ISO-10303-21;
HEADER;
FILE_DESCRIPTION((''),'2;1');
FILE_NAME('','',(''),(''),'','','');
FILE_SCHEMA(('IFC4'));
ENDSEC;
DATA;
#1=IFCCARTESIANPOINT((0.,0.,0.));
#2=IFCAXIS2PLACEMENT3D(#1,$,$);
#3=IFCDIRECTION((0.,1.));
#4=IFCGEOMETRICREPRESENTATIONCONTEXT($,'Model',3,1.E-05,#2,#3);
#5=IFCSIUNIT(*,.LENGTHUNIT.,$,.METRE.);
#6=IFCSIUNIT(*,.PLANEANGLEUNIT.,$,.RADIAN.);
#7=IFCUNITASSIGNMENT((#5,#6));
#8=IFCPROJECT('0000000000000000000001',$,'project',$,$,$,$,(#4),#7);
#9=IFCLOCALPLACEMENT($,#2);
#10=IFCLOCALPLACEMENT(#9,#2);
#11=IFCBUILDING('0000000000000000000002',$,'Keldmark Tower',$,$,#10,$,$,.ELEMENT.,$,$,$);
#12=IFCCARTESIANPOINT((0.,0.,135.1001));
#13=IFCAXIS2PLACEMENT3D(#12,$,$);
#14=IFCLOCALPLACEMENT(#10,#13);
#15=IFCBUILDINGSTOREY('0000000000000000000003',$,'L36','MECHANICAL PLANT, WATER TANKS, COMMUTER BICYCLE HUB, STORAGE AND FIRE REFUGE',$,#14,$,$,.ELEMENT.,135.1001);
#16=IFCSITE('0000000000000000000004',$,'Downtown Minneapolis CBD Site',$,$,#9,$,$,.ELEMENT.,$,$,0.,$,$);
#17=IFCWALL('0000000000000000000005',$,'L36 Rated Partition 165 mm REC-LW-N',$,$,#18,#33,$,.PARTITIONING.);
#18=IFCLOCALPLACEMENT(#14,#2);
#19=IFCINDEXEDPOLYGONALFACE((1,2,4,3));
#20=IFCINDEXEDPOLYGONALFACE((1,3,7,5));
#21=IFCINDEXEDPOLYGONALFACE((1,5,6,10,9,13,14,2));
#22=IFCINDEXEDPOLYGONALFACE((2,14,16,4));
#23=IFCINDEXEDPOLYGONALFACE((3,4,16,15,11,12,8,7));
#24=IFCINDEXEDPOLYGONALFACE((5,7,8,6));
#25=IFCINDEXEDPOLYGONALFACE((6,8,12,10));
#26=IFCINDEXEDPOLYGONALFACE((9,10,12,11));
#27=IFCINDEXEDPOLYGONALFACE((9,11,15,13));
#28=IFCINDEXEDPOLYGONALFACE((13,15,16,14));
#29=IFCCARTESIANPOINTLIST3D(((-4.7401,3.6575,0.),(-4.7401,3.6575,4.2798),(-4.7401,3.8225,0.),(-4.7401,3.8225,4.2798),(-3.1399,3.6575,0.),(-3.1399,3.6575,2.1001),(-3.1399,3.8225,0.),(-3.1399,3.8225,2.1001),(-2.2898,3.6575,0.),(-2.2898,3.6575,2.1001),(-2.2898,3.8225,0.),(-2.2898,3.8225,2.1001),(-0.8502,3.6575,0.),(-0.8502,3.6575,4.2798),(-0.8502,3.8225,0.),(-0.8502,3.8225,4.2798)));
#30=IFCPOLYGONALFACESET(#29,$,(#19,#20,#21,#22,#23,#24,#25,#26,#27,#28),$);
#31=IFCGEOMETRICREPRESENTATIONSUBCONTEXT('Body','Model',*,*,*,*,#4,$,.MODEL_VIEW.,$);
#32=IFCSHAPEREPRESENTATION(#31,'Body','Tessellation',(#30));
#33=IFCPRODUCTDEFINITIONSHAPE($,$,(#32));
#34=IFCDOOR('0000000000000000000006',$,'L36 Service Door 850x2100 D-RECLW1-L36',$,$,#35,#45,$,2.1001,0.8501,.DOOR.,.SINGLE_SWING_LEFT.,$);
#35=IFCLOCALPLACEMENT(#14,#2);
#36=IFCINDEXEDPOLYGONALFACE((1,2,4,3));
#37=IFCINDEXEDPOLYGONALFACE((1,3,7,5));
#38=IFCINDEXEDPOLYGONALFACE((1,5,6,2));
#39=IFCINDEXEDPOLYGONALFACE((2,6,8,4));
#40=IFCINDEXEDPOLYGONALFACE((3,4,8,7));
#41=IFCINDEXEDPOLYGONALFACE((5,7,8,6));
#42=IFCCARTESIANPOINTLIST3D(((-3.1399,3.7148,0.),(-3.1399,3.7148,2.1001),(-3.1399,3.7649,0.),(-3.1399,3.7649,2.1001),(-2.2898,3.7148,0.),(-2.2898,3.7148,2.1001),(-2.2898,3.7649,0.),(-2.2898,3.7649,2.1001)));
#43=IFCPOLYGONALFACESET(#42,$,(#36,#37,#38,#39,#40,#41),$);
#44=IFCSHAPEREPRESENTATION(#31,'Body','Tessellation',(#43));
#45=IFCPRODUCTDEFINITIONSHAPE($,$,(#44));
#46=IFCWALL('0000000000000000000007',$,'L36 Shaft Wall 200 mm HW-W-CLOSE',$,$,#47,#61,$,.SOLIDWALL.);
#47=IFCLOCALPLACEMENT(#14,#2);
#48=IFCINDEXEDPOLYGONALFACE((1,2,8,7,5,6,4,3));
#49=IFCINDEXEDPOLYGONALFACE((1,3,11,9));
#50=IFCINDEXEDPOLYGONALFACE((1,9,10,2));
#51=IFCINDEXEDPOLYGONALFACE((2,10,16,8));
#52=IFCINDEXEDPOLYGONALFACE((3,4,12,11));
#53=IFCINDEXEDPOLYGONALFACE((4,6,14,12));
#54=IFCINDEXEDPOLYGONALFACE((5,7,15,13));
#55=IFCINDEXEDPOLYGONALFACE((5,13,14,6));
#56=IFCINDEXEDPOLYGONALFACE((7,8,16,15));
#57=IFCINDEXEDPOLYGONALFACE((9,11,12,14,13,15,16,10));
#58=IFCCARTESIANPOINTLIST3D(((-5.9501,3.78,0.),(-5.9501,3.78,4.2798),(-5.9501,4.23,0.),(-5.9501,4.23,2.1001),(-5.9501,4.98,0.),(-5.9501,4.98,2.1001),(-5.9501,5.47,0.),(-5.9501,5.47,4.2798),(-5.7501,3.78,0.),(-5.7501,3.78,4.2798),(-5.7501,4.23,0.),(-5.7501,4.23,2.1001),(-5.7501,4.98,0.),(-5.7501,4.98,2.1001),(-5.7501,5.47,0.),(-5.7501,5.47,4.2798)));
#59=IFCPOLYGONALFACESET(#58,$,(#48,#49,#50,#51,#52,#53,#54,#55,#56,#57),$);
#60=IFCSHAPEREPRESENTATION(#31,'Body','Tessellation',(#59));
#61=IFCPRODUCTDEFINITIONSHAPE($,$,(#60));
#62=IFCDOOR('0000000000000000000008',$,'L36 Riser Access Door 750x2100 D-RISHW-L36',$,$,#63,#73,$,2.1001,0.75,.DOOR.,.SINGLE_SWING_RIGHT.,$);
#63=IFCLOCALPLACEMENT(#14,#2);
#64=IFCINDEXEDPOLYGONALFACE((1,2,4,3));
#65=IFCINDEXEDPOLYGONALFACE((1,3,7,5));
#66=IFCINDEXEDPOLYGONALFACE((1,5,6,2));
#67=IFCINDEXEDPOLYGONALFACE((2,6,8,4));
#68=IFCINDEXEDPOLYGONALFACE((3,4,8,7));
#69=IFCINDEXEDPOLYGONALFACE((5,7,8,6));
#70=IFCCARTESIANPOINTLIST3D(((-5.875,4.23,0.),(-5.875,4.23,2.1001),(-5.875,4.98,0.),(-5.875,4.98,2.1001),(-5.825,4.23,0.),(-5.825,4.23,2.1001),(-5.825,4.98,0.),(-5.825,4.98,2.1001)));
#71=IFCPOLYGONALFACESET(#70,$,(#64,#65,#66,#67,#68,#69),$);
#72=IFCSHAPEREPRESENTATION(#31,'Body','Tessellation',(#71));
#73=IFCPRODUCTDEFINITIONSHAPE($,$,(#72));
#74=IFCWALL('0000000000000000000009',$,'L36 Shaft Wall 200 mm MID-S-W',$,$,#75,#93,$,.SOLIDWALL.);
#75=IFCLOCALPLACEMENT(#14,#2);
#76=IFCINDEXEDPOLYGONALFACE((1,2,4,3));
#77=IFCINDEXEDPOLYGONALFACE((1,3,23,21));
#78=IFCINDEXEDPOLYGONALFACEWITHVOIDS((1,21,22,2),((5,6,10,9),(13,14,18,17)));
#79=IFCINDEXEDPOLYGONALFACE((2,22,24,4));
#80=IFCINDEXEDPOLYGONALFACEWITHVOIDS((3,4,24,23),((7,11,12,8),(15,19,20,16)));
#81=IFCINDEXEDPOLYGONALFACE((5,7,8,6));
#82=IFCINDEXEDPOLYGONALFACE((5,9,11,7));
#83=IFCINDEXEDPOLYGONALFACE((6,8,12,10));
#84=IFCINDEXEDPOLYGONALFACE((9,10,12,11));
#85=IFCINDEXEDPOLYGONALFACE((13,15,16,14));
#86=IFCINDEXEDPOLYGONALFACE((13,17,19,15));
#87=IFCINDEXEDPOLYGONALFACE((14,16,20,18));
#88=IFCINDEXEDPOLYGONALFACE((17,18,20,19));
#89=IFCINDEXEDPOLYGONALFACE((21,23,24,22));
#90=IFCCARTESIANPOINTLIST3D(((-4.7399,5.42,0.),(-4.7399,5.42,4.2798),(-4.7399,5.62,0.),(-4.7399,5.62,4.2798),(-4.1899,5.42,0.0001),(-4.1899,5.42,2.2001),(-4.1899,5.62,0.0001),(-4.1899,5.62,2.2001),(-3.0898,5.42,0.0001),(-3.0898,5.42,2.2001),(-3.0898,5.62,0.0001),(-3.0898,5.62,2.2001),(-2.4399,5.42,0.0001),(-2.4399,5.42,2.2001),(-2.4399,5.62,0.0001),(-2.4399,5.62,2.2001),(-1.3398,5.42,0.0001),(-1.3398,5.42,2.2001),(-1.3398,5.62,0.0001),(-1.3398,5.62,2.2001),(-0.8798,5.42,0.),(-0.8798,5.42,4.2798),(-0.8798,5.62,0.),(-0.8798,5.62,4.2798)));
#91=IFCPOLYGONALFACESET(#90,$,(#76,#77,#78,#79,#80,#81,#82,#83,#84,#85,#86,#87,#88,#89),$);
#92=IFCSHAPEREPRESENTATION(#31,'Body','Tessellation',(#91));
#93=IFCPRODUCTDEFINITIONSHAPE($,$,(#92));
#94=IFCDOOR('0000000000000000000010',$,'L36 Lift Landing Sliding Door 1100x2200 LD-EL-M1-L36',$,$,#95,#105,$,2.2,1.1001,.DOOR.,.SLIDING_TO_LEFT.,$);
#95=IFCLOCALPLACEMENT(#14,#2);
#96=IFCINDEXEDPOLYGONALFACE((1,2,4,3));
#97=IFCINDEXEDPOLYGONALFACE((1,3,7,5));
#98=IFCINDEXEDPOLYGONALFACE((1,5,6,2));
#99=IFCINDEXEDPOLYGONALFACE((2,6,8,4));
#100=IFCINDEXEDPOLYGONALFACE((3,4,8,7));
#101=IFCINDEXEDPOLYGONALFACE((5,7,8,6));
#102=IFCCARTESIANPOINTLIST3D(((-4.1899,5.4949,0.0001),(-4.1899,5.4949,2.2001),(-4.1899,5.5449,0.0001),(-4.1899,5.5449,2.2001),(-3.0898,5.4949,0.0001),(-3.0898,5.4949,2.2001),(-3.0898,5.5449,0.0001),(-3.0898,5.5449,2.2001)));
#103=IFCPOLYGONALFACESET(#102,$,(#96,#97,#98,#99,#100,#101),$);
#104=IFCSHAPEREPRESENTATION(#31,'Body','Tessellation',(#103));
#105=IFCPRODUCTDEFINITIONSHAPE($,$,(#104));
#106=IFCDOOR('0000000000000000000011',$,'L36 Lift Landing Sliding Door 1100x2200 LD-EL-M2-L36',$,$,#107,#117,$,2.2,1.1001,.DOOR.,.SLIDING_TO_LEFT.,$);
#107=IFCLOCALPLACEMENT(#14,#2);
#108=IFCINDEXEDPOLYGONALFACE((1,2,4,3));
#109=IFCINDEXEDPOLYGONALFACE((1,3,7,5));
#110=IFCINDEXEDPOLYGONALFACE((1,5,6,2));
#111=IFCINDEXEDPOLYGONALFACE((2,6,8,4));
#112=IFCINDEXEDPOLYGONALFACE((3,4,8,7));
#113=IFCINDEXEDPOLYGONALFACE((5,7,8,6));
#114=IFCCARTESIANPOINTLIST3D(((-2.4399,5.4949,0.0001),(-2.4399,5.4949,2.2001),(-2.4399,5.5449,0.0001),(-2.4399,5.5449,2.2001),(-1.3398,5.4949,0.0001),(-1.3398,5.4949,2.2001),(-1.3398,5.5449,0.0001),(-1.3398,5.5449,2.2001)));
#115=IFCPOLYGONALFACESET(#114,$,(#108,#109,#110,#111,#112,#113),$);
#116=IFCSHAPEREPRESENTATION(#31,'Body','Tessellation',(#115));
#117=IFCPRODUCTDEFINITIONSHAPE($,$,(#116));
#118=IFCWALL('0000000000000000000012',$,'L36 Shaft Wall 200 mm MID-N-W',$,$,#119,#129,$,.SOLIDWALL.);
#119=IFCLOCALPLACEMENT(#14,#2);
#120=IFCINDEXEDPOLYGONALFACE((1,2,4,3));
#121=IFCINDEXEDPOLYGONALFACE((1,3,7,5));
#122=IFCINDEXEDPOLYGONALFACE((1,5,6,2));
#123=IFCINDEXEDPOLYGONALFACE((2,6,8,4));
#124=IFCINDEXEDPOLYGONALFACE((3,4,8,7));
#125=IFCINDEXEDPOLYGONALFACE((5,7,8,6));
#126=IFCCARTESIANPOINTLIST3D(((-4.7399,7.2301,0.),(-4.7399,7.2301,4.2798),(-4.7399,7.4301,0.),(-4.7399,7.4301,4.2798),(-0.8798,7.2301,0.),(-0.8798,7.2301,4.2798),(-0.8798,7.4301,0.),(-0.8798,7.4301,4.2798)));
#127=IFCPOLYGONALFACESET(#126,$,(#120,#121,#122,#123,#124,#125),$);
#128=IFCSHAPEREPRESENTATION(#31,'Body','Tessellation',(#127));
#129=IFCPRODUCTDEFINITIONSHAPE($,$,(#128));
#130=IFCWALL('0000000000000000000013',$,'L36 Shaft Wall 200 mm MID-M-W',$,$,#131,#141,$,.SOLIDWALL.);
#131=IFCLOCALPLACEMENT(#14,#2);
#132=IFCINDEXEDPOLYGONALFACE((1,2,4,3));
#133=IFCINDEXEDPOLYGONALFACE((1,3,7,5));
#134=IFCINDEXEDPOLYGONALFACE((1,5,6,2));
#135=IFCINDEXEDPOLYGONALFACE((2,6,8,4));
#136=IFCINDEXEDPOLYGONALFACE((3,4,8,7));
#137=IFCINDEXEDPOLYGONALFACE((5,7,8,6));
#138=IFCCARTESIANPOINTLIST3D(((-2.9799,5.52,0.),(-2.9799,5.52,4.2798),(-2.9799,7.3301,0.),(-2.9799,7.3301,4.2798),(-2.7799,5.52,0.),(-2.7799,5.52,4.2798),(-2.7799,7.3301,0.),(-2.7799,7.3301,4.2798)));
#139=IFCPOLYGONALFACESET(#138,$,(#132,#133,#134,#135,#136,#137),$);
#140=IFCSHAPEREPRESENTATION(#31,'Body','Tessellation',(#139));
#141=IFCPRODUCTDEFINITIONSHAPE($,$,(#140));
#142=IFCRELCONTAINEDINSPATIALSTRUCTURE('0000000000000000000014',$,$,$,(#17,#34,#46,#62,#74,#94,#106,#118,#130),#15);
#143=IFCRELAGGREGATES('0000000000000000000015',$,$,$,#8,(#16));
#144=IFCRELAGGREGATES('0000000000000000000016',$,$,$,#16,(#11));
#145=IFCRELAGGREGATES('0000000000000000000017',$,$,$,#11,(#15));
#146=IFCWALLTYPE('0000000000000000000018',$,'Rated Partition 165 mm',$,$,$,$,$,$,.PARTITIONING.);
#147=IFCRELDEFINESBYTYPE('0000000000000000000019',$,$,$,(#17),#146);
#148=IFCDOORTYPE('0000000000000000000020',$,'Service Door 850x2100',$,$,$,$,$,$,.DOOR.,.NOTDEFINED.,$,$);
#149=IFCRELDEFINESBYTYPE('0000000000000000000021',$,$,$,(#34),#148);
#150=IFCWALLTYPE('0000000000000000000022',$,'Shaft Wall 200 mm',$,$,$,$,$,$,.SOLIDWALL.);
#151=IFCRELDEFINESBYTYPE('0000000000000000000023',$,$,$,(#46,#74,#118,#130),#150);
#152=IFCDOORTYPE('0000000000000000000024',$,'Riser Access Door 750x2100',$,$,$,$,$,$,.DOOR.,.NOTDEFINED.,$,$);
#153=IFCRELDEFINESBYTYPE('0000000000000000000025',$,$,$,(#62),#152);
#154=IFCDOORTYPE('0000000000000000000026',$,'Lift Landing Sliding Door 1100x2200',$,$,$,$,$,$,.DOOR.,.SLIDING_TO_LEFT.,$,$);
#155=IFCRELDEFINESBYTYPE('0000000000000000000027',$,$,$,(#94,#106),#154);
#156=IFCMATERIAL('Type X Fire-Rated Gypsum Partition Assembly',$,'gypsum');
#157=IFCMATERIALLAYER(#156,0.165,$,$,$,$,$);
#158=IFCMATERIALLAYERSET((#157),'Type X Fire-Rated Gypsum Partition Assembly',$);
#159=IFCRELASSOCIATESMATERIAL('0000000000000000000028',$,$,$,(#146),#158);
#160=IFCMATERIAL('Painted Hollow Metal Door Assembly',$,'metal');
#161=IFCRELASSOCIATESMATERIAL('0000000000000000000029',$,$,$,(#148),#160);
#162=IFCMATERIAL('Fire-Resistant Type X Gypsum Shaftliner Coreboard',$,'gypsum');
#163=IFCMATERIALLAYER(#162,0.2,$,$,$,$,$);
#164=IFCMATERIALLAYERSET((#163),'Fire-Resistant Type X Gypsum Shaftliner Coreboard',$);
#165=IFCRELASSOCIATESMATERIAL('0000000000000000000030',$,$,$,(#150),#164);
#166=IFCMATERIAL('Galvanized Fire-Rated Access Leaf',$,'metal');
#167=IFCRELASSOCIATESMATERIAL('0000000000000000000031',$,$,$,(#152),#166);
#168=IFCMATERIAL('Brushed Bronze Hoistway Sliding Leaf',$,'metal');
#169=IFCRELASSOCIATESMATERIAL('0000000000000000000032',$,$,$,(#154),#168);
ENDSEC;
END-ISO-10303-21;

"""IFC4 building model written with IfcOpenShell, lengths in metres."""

from ifc_helpers import new_model, si_unit, direction, frame, frame_2d, origin, place, context, subcontext, project, spatial, rectangle, extrude, material, layer, layer_set, type_object, element, fill, save


model = new_model("IFC4")

# Units and contexts
model_context = context("Model", 3, precision=1e-05, world=origin(), true_north=direction((0.0, 1.0)))
body_context = subcontext(model_context, "Body", "Model", "MODEL_VIEW")
ifc_project = project(units=[si_unit("LENGTHUNIT", "METRE"), si_unit("PLANEANGLEUNIT", "RADIAN")], contexts=[model_context])

# Site, building, storey
site_placement = place(None, origin())
site = spatial("IfcSite", under=ifc_project, at=site_placement, Name="Downtown Minneapolis CBD Site", CompositionType="ELEMENT", RefElevation=0.0)
building_placement = place(site_placement, origin())
building = spatial("IfcBuilding", under=site, at=building_placement, Name="Keldmark Tower", CompositionType="ELEMENT")
storey_placement = place(building_placement, frame((0.0, 0.0, 135.1001)))
storey = spatial("IfcBuildingStorey", under=building, at=storey_placement, Name="L36", Description="MECHANICAL PLANT, WATER TANKS, COMMUTER BICYCLE HUB, STORAGE AND FIRE REFUGE", CompositionType="ELEMENT", Elevation=135.1001)

# Shared definitions
ifc_material_1 = material(Name="Type X Fire-Rated Gypsum Partition Assembly", Category="gypsum")
ifc_layer_1 = layer(ifc_material_1, 0.165)
ifc_layer_set_1 = layer_set([ifc_layer_1], Name="Type X Fire-Rated Gypsum Partition Assembly")
wall_type_1 = type_object("IfcWallType", Name="Rated Partition 165 mm", PredefinedType="PARTITIONING", material=ifc_layer_set_1)

# Walls, openings, doors
wall_1_placement = place(storey_placement, frame((-4.74, 3.74, 0.0), z_axis=(0.0, 0.0, 1.0), x_axis=(1.0, 0.0, 0.0)))
wall_1 = element("IfcWall", 1, at=wall_1_placement, inside=storey, type_object=wall_type_1, Name="L36 Rated Partition 165 mm REC-LW-N", PredefinedType="PARTITIONING", context=body_context, shape_type="SweptSolid", body=[
    extrude(rectangle(XDim=3.8899, YDim=0.165, at=frame_2d((1.9448, 0.0))), origin(), (0.0, 0.0, 1.0), 4.2798),
])
opening_1_placement = place(wall_1_placement, frame((1.6001, 0.0, 0.0)))
opening_1 = element("IfcOpeningElement", 2, at=opening_1_placement, cuts=wall_1, PredefinedType="OPENING", context=body_context, shape_type="SweptSolid", body=[
    extrude(rectangle(XDim=0.8501, YDim=2.1001, at=frame_2d((0.425, 1.05))), frame((0.0, 0.0925, 0.0), z_axis=(0.0, -1.0, 0.0), x_axis=(1.0, 0.0, 0.0)), (0.0, 0.0, 1.0), 0.1851),
])
ifc_material_2 = material(Name="Painted Hollow Metal Door Assembly", Category="metal")
door_type_1 = type_object("IfcDoorType", Name="Service Door 850x2100", OperationType="NOTDEFINED", PredefinedType="DOOR", material=ifc_material_2)
door_1_placement = place(opening_1_placement, origin())
door_1 = element("IfcDoor", 3, at=door_1_placement, inside=storey, type_object=door_type_1, Name="L36 Service Door 850x2100 D-RECLW1-L36", OperationType="SINGLE_SWING_LEFT", OverallHeight=2.1001, OverallWidth=0.8501, PredefinedType="DOOR", context=body_context, shape_type="SweptSolid", body=[
    extrude(rectangle(XDim=0.8501, YDim=2.1001, at=frame_2d((0.425, 1.05))), frame((0.0, 0.0249, 0.0), z_axis=(0.0, -1.0, 0.0), x_axis=(1.0, 0.0, 0.0)), (0.0, 0.0, 1.0), 0.05),
])
fill(opening_1, door_1)
ifc_material_3 = material(Name="Fire-Resistant Type X Gypsum Shaftliner Coreboard", Category="gypsum")
ifc_layer_2 = layer(ifc_material_3, 0.2)
ifc_layer_set_2 = layer_set([ifc_layer_2], Name="Fire-Resistant Type X Gypsum Shaftliner Coreboard")
wall_type_2 = type_object("IfcWallType", Name="Shaft Wall 200 mm", PredefinedType="SOLIDWALL", material=ifc_layer_set_2)
wall_2_placement = place(storey_placement, frame((-5.8501, 3.78, 0.0), z_axis=(0.0, 0.0, 1.0), x_axis=(0.0, 1.0, 0.0)))
wall_2 = element("IfcWall", 4, at=wall_2_placement, inside=storey, type_object=wall_type_2, Name="L36 Shaft Wall 200 mm HW-W-CLOSE", PredefinedType="SOLIDWALL", context=body_context, shape_type="SweptSolid", body=[
    extrude(rectangle(XDim=1.6899, YDim=0.2, at=frame_2d((0.845, 0.0))), origin(), (0.0, 0.0, 1.0), 4.2798),
])
opening_2_placement = place(wall_2_placement, frame((0.45, 0.0, 0.0)))
opening_2 = element("IfcOpeningElement", 5, at=opening_2_placement, cuts=wall_2, PredefinedType="OPENING", context=body_context, shape_type="SweptSolid", body=[
    extrude(rectangle(XDim=0.75, YDim=2.1001, at=frame_2d((0.375, 1.05))), frame((0.0, 0.1099, 0.0), z_axis=(0.0, -1.0, 0.0), x_axis=(1.0, 0.0, 0.0)), (0.0, 0.0, 1.0), 0.22),
])
ifc_material_4 = material(Name="Galvanized Fire-Rated Access Leaf", Category="metal")
door_type_2 = type_object("IfcDoorType", Name="Riser Access Door 750x2100", OperationType="NOTDEFINED", PredefinedType="DOOR", material=ifc_material_4)
door_2_placement = place(opening_2_placement, origin())
door_2 = element("IfcDoor", 6, at=door_2_placement, inside=storey, type_object=door_type_2, Name="L36 Riser Access Door 750x2100 D-RISHW-L36", OperationType="SINGLE_SWING_RIGHT", OverallHeight=2.1001, OverallWidth=0.75, PredefinedType="DOOR", context=body_context, shape_type="SweptSolid", body=[
    extrude(rectangle(XDim=0.75, YDim=2.1001, at=frame_2d((0.375, 1.05))), frame((0.0, 0.0249, 0.0), z_axis=(0.0, -1.0, 0.0), x_axis=(1.0, 0.0, 0.0)), (0.0, 0.0, 1.0), 0.05),
])
fill(opening_2, door_2)

# Wall, openings, doors
wall_3_placement = place(storey_placement, frame((-4.74, 5.52, 0.0), z_axis=(0.0, 0.0, 1.0), x_axis=(1.0, 0.0, 0.0)))
wall_3 = element("IfcWall", 7, at=wall_3_placement, inside=storey, type_object=wall_type_2, Name="L36 Shaft Wall 200 mm MID-S-W", PredefinedType="SOLIDWALL", context=body_context, shape_type="SweptSolid", body=[
    extrude(rectangle(XDim=3.8601, YDim=0.2, at=frame_2d((1.9302, 0.0))), origin(), (0.0, 0.0, 1.0), 4.2798),
])
opening_3_placement = place(wall_3_placement, frame((0.55, 0.0, 0.0)))
opening_3 = element("IfcOpeningElement", 8, at=opening_3_placement, cuts=wall_3, PredefinedType="OPENING", context=body_context, shape_type="SweptSolid", body=[
    extrude(rectangle(XDim=1.1001, YDim=2.2, at=frame_2d((0.55, 1.1001))), frame((0.0, 0.1099, 0.0), z_axis=(0.0, -1.0, 0.0), x_axis=(1.0, 0.0, 0.0)), (0.0, 0.0, 1.0), 0.22),
])
opening_4_placement = place(wall_3_placement, frame((2.3, 0.0, 0.0)))
opening_4 = element("IfcOpeningElement", 9, at=opening_4_placement, cuts=wall_3, PredefinedType="OPENING", context=body_context, shape_type="SweptSolid", body=[
    extrude(rectangle(XDim=1.1001, YDim=2.2, at=frame_2d((0.55, 1.1001))), frame((0.0, 0.1099, 0.0), z_axis=(0.0, -1.0, 0.0), x_axis=(1.0, 0.0, 0.0)), (0.0, 0.0, 1.0), 0.22),
])
ifc_material_5 = material(Name="Brushed Bronze Hoistway Sliding Leaf", Category="metal")
door_type_3 = type_object("IfcDoorType", Name="Lift Landing Sliding Door 1100x2200", OperationType="SLIDING_TO_LEFT", PredefinedType="DOOR", material=ifc_material_5)
door_3_placement = place(opening_3_placement, origin())
door_3 = element("IfcDoor", 10, at=door_3_placement, inside=storey, type_object=door_type_3, Name="L36 Lift Landing Sliding Door 1100x2200 LD-EL-M1-L36", OperationType="SLIDING_TO_LEFT", OverallHeight=2.2, OverallWidth=1.1001, PredefinedType="DOOR", context=body_context, shape_type="SweptSolid", body=[
    extrude(rectangle(XDim=1.1001, YDim=2.2, at=frame_2d((0.55, 1.1001))), frame((0.0, 0.0249, 0.0), z_axis=(0.0, -1.0, 0.0), x_axis=(1.0, 0.0, 0.0)), (0.0, 0.0, 1.0), 0.05),
])
fill(opening_3, door_3)
door_4_placement = place(opening_4_placement, origin())
door_4 = element("IfcDoor", 11, at=door_4_placement, inside=storey, type_object=door_type_3, Name="L36 Lift Landing Sliding Door 1100x2200 LD-EL-M2-L36", OperationType="SLIDING_TO_LEFT", OverallHeight=2.2, OverallWidth=1.1001, PredefinedType="DOOR", context=body_context, shape_type="SweptSolid", body=[
    extrude(rectangle(XDim=1.1001, YDim=2.2, at=frame_2d((0.55, 1.1001))), frame((0.0, 0.0249, 0.0), z_axis=(0.0, -1.0, 0.0), x_axis=(1.0, 0.0, 0.0)), (0.0, 0.0, 1.0), 0.05),
])
fill(opening_4, door_4)

# Walls
wall_4_placement = place(storey_placement, frame((-4.74, 7.3301, 0.0), z_axis=(0.0, 0.0, 1.0), x_axis=(1.0, 0.0, 0.0)))
element("IfcWall", 12, at=wall_4_placement, inside=storey, type_object=wall_type_2, Name="L36 Shaft Wall 200 mm MID-N-W", PredefinedType="SOLIDWALL", context=body_context, shape_type="SweptSolid", body=[
    extrude(rectangle(XDim=3.8601, YDim=0.2, at=frame_2d((1.9302, 0.0))), origin(), (0.0, 0.0, 1.0), 4.2798),
])
wall_5_placement = place(storey_placement, frame((-2.8799, 5.52, 0.0), z_axis=(0.0, 0.0, 1.0), x_axis=(0.0, 1.0, 0.0)))
element("IfcWall", 13, at=wall_5_placement, inside=storey, type_object=wall_type_2, Name="L36 Shaft Wall 200 mm MID-M-W", PredefinedType="SOLIDWALL", context=body_context, shape_type="SweptSolid", body=[
    extrude(rectangle(XDim=1.8101, YDim=0.2, at=frame_2d((0.905, 0.0))), origin(), (0.0, 0.0, 1.0), 4.2798),
])

save(model, "model.ifc")
